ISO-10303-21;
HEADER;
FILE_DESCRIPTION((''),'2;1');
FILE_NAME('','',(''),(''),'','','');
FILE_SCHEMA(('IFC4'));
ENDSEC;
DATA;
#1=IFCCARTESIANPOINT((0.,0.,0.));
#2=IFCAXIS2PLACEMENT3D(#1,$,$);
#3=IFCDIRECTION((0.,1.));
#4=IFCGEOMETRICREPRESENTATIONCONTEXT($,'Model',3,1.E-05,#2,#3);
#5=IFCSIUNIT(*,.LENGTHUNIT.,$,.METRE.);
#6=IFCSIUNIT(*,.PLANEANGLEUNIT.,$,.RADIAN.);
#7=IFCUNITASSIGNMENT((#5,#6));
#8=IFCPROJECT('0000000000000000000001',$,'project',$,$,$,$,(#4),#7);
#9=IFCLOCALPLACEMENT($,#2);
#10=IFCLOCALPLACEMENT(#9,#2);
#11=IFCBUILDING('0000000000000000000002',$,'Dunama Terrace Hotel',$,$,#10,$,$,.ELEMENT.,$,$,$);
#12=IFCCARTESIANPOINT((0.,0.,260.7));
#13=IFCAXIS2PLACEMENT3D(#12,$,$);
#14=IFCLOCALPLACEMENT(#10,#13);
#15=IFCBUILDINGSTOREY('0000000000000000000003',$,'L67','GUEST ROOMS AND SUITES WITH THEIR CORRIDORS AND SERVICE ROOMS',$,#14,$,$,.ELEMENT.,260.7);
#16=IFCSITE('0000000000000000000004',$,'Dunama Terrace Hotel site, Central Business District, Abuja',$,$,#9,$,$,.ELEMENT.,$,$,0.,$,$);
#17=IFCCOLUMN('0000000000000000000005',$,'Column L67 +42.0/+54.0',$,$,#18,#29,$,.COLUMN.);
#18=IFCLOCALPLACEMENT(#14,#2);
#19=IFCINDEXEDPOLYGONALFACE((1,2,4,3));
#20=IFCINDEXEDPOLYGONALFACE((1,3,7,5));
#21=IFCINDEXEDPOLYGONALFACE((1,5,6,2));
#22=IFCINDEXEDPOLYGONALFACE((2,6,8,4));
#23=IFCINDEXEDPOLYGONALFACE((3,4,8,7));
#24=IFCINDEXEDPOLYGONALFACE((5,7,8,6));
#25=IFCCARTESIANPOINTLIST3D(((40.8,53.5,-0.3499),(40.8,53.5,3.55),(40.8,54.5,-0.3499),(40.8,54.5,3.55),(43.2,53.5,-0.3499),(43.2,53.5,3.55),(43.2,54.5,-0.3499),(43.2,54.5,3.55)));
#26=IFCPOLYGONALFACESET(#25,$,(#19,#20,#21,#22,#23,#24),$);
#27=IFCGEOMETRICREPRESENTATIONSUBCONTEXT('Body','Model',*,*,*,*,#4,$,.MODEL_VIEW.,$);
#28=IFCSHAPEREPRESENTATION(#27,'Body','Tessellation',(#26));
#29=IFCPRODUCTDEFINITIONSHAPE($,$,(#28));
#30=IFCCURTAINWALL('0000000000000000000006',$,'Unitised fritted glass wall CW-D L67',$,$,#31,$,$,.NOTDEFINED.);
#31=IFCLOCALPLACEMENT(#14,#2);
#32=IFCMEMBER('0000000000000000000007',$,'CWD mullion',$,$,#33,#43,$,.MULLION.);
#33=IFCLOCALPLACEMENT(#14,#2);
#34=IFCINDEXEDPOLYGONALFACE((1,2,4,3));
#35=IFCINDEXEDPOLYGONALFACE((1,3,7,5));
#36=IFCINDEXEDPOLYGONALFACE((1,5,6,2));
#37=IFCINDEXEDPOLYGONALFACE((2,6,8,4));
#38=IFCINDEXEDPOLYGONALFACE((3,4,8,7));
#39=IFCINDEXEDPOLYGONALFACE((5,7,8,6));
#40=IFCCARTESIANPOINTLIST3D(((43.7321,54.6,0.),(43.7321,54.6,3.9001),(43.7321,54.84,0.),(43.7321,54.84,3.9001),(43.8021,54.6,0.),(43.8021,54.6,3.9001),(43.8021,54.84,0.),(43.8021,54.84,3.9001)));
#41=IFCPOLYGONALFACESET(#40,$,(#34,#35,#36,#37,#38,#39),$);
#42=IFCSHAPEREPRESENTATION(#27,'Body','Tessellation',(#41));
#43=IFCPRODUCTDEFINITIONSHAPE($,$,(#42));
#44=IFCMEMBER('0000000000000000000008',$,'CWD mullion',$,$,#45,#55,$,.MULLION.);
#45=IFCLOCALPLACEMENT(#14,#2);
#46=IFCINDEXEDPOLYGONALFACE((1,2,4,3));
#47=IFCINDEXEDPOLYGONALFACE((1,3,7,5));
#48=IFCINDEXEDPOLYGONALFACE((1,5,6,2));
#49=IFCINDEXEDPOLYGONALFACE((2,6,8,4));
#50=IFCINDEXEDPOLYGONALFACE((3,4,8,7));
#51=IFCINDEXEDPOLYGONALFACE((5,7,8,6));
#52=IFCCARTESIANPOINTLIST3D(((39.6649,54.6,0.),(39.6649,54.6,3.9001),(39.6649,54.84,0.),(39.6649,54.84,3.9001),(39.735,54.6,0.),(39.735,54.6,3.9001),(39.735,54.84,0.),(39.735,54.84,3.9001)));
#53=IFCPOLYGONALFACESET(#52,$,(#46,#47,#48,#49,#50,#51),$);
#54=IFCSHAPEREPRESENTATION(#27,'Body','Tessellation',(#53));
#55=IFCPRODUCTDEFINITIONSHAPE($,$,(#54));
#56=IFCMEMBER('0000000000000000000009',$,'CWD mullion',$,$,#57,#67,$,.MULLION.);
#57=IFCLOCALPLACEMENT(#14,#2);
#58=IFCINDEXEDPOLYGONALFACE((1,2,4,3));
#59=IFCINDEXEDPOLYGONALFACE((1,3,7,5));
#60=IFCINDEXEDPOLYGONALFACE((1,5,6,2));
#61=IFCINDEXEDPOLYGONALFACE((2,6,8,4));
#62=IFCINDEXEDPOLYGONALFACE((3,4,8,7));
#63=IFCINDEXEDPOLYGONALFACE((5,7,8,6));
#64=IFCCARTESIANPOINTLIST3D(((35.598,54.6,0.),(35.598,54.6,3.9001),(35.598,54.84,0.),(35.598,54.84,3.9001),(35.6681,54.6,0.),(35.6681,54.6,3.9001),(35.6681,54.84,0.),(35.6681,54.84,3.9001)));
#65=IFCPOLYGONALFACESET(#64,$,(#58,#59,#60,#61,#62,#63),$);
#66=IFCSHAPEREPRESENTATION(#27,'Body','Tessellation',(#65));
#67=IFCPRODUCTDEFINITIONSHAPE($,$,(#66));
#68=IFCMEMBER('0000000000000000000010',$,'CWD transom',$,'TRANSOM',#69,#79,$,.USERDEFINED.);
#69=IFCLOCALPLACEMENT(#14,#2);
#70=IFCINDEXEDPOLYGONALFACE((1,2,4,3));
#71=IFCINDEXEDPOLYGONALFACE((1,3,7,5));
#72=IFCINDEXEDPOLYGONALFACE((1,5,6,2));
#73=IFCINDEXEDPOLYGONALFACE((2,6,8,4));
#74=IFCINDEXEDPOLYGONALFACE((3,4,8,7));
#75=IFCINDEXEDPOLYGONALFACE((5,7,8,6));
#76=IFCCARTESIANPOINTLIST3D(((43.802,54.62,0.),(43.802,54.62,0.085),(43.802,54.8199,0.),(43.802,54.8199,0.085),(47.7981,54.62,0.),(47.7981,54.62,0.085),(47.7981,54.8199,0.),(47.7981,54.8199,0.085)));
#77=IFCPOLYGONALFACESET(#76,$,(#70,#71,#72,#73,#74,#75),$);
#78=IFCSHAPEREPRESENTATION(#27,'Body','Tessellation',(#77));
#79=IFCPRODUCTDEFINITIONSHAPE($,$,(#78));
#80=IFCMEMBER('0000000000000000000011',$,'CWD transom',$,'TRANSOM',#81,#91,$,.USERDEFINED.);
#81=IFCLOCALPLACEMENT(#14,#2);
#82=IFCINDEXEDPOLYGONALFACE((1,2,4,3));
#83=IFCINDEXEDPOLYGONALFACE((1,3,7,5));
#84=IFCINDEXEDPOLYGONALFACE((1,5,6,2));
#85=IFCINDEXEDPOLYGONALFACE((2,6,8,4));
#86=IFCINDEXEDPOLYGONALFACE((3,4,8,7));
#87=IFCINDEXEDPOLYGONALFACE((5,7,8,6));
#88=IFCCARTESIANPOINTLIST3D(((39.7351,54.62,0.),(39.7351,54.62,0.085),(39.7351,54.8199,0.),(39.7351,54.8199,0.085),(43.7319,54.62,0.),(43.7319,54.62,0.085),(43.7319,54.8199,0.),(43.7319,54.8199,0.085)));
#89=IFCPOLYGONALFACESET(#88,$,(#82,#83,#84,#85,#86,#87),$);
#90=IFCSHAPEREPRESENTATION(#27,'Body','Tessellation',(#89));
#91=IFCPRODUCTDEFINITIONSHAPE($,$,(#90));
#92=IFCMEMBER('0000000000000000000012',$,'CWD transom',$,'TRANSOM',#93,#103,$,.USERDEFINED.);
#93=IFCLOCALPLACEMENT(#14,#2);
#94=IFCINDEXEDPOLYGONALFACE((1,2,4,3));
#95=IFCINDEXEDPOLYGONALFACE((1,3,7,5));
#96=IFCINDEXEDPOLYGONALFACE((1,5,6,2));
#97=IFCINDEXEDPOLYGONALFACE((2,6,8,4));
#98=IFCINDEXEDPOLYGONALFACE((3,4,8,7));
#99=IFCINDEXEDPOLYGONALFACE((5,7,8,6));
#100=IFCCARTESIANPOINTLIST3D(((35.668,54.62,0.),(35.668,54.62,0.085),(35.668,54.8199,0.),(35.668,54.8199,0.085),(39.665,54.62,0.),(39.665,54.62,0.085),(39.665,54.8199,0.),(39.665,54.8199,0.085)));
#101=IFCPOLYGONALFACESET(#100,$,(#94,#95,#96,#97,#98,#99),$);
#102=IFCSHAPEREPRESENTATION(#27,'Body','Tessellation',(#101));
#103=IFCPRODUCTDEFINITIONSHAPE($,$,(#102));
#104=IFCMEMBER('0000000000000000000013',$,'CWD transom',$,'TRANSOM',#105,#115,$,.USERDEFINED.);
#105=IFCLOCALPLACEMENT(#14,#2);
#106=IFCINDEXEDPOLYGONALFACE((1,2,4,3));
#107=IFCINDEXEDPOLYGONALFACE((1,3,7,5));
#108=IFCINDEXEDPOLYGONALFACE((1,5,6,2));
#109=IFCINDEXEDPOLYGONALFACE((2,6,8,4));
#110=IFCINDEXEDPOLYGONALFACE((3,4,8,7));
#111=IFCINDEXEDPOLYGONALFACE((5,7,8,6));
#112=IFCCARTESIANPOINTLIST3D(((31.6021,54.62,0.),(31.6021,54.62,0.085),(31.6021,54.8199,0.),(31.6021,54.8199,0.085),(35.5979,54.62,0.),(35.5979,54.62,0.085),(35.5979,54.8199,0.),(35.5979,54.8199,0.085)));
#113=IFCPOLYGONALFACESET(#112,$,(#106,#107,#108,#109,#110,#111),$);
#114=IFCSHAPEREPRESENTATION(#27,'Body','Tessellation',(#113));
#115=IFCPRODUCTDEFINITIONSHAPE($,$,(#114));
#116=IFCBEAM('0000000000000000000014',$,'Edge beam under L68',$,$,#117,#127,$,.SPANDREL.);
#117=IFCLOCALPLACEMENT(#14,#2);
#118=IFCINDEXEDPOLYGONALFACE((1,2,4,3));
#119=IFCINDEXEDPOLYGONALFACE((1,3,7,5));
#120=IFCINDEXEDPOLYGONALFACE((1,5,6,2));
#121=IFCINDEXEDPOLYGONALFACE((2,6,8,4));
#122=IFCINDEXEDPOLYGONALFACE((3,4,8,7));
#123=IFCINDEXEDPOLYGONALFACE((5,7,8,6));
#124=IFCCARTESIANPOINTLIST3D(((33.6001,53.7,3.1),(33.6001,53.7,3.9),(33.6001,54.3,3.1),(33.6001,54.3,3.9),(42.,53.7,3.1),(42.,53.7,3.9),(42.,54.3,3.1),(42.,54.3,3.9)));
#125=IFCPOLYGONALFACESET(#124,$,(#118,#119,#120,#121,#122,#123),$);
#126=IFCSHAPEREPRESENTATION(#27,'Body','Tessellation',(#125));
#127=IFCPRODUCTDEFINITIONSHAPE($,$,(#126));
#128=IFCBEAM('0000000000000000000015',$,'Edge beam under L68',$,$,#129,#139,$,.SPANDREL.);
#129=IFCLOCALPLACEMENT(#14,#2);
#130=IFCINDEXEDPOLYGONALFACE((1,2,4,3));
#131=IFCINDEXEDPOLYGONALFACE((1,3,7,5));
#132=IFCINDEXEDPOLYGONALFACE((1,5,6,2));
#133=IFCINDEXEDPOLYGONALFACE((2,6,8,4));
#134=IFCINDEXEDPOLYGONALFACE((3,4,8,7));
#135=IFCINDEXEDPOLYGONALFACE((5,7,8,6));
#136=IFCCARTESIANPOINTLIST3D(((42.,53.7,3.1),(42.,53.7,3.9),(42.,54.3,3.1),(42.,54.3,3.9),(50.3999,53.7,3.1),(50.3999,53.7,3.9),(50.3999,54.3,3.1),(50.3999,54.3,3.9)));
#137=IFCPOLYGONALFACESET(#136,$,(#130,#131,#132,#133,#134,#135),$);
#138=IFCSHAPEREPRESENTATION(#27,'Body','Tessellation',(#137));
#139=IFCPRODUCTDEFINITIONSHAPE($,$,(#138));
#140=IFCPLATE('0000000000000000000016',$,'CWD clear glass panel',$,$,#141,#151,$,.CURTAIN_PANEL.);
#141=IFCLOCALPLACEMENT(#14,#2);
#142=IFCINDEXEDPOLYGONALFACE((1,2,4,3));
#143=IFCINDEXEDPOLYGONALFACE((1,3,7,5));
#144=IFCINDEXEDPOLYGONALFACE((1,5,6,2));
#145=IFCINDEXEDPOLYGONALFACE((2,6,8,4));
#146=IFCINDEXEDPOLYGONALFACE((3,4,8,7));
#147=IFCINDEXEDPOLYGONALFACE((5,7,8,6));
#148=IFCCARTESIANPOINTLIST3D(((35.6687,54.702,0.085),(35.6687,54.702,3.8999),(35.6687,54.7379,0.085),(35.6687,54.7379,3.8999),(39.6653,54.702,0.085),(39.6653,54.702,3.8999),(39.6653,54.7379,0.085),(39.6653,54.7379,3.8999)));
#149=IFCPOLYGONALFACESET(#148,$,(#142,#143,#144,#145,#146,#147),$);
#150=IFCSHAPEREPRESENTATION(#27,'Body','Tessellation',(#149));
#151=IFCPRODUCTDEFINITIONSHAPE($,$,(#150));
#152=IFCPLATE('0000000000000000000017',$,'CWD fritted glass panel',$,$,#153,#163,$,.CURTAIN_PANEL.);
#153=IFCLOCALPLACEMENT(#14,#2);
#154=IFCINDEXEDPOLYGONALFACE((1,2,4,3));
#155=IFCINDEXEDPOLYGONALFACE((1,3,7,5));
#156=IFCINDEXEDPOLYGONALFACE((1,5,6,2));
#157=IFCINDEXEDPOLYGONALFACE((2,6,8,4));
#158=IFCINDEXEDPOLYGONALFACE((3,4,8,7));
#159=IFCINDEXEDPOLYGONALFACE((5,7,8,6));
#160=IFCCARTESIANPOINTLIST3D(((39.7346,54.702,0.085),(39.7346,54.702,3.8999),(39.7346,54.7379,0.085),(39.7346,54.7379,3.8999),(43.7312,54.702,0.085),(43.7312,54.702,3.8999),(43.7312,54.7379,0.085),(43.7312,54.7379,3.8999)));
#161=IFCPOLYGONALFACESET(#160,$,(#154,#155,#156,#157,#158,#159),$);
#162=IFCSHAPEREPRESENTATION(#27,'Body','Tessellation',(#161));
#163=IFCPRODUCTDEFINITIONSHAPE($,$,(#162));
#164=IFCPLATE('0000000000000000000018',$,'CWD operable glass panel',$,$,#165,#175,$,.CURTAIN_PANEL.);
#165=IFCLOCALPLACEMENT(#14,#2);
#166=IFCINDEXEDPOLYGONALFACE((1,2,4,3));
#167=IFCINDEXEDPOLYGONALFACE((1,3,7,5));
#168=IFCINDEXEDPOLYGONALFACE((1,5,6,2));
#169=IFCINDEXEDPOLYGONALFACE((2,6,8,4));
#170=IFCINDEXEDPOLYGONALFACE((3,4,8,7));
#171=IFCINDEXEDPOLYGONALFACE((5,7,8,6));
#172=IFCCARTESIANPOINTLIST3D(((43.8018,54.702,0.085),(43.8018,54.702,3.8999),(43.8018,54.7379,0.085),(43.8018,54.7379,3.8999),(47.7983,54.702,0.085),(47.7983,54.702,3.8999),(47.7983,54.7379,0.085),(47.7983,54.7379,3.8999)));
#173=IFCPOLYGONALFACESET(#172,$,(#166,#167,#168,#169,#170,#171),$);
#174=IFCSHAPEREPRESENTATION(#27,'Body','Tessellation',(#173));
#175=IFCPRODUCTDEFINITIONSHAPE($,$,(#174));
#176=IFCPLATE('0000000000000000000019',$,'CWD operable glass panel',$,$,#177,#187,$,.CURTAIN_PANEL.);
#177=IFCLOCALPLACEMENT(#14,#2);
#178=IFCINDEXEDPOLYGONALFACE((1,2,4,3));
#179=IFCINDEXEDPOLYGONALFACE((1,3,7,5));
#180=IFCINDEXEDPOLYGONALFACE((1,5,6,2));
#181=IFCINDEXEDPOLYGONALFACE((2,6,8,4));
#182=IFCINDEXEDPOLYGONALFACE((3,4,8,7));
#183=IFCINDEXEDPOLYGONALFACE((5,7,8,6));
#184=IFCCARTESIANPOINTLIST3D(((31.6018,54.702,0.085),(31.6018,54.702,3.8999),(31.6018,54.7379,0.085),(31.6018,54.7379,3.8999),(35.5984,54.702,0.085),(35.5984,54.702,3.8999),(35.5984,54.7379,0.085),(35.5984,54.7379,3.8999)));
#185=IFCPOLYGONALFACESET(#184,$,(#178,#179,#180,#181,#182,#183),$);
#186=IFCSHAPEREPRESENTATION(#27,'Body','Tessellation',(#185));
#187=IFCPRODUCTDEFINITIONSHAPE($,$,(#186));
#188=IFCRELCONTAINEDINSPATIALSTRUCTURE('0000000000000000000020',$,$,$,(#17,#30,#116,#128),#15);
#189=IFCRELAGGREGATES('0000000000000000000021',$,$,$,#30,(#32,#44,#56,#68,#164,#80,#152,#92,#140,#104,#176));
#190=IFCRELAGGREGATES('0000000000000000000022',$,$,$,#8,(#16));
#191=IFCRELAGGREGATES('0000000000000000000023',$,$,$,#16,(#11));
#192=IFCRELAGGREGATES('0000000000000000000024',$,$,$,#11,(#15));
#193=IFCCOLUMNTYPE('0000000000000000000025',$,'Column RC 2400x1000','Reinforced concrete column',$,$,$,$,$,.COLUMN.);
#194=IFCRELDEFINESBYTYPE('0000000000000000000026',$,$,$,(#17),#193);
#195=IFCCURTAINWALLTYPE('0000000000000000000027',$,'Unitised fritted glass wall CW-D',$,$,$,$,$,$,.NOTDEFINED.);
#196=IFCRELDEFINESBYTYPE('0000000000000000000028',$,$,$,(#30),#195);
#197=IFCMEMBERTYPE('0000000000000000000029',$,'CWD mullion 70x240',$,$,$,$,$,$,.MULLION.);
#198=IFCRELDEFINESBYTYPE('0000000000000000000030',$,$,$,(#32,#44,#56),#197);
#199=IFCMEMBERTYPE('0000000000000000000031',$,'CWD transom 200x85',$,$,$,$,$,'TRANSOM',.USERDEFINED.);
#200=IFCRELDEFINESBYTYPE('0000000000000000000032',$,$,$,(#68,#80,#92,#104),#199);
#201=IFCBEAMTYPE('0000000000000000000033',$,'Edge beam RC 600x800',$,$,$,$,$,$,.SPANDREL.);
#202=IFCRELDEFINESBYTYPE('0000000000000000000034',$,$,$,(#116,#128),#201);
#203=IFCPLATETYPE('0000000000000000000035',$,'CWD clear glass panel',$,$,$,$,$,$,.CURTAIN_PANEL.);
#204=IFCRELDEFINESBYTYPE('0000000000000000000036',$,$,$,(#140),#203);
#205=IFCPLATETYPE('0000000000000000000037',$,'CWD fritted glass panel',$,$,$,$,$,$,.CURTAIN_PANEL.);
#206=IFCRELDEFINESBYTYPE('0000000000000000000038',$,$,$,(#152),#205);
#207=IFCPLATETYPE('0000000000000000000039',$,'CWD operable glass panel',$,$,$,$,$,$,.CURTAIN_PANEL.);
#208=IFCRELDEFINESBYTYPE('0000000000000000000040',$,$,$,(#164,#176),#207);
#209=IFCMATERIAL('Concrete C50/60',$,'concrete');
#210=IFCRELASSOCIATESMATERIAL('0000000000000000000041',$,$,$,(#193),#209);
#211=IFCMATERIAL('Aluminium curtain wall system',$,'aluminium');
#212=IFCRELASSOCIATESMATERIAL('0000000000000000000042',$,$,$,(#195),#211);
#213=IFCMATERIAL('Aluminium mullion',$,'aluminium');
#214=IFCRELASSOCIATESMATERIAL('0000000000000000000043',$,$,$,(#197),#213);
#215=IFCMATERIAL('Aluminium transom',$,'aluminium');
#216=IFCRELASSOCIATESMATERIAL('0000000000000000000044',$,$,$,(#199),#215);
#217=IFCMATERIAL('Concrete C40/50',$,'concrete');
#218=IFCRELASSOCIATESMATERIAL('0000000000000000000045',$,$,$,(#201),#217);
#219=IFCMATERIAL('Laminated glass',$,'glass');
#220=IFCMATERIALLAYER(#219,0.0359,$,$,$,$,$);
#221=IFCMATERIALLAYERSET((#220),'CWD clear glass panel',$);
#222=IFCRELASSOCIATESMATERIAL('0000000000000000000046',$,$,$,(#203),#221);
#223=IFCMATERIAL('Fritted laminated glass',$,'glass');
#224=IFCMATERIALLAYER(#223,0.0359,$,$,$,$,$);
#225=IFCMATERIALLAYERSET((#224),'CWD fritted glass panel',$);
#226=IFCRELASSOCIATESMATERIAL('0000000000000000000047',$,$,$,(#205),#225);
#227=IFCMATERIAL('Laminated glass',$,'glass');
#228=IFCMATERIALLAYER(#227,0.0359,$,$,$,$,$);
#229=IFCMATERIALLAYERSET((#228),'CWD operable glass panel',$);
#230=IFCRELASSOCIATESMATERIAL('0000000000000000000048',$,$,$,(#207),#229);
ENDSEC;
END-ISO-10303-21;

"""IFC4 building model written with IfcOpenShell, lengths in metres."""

from ifc_helpers import new_model, si_unit, direction, frame, origin, origin_2d, place, context, subcontext, project, spatial, rectangle, extrude, material, layer, layer_set, material_profile, profile_set, type_object, element, aggregate, save


model = new_model("IFC4")

# Units and contexts
model_context = context("Model", 3, precision=1e-05, world=origin(), true_north=direction((0.0, 1.0)))
body_context = subcontext(model_context, "Body", "Model", "MODEL_VIEW")
ifc_project = project(units=[si_unit("LENGTHUNIT", "METRE"), si_unit("PLANEANGLEUNIT", "RADIAN")], contexts=[model_context])

# Site, building, storey
site_placement = place(None, origin())
site = spatial("IfcSite", under=ifc_project, at=site_placement, Name="Dunama Terrace Hotel site, Central Business District, Abuja", CompositionType="ELEMENT", RefElevation=0.0)
building_placement = place(site_placement, origin())
building = spatial("IfcBuilding", under=site, at=building_placement, Name="Dunama Terrace Hotel", CompositionType="ELEMENT")
storey_placement = place(building_placement, frame((0.0, 0.0, 260.7)))
storey = spatial("IfcBuildingStorey", under=building, at=storey_placement, Name="L67", Description="GUEST ROOMS AND SUITES WITH THEIR CORRIDORS AND SERVICE ROOMS", CompositionType="ELEMENT", Elevation=260.7)

# Column
ifc_material_1 = material(Name="Concrete C50/60", Category="concrete")
ifc_material_profile_1 = material_profile(ifc_material_1, rectangle(XDim=2.3999, YDim=1.0, at=origin_2d()), Name="RC 2400x1000")
ifc_profile_set_1 = profile_set([ifc_material_profile_1], Name="Concrete C50/60")
column_type = type_object("IfcColumnType", Name="Column RC 2400x1000", Description="Reinforced concrete column", PredefinedType="COLUMN", material=ifc_profile_set_1)
column_placement = place(storey_placement, frame((42.0, 54.0, -0.3499), z_axis=(0.0, 0.0, 1.0), x_axis=(1.0, 0.0, 0.0)))
element("IfcColumn", 1, at=column_placement, inside=storey, type_object=column_type, Name="Column L67 +42.0/+54.0", PredefinedType="COLUMN", context=body_context, shape_type="SweptSolid", body=[
    extrude(rectangle(XDim=2.3999, YDim=1.0, at=origin_2d()), origin(), (0.0, 0.0, 1.0), 3.8999),
])

# Curtain wall, members
ifc_material_2 = material(Name="Aluminium curtain wall system", Category="aluminium")
curtain_wall_type = type_object("IfcCurtainWallType", Name="Unitised fritted glass wall CW-D", PredefinedType="NOTDEFINED", material=ifc_material_2)
curtain_wall_placement = place(storey_placement, origin())
curtain_wall = element("IfcCurtainWall", 2, at=curtain_wall_placement, inside=storey, type_object=curtain_wall_type, Name="Unitised fritted glass wall CW-D L67", PredefinedType="NOTDEFINED")
ifc_material_3 = material(Name="Aluminium mullion", Category="aluminium")
ifc_material_profile_2 = material_profile(ifc_material_3, rectangle(XDim=0.0701, YDim=0.24, at=origin_2d()), Name="CWD MULLION 70X240")
ifc_profile_set_2 = profile_set([ifc_material_profile_2], Name="Aluminium mullion")
member_type_1 = type_object("IfcMemberType", Name="CWD mullion 70x240", PredefinedType="MULLION", material=ifc_profile_set_2)
member_1_placement = place(storey_placement, frame((43.7671, 54.72, 0.0), z_axis=(0.0, 0.0, 1.0), x_axis=(-1.0, 0.0, 0.0)))
member_1 = element("IfcMember", 3, at=member_1_placement, type_object=member_type_1, Name="CWD mullion", PredefinedType="MULLION", context=body_context, shape_type="SweptSolid", body=[
    extrude(rectangle(XDim=0.0701, YDim=0.24, at=origin_2d()), origin(), (0.0, 0.0, 1.0), 3.9001),
])
member_2_placement = place(storey_placement, frame((39.7, 54.72, 0.0), z_axis=(0.0, 0.0, 1.0), x_axis=(-1.0, 0.0, 0.0)))
member_2 = element("IfcMember", 4, at=member_2_placement, type_object=member_type_1, Name="CWD mullion", PredefinedType="MULLION", context=body_context, shape_type="SweptSolid", body=[
    extrude(rectangle(XDim=0.0701, YDim=0.24, at=origin_2d()), origin(), (0.0, 0.0, 1.0), 3.9001),
])
member_3_placement = place(storey_placement, frame((35.6331, 54.72, 0.0), z_axis=(0.0, 0.0, 1.0), x_axis=(-1.0, 0.0, 0.0)))
member_3 = element("IfcMember", 5, at=member_3_placement, type_object=member_type_1, Name="CWD mullion", PredefinedType="MULLION", context=body_context, shape_type="SweptSolid", body=[
    extrude(rectangle(XDim=0.0701, YDim=0.24, at=origin_2d()), origin(), (0.0, 0.0, 1.0), 3.9001),
])
ifc_material_4 = material(Name="Aluminium transom", Category="aluminium")
ifc_material_profile_3 = material_profile(ifc_material_4, rectangle(XDim=0.2, YDim=0.085, at=origin_2d()), Name="CWD TRANSOM 200X85")
ifc_profile_set_3 = profile_set([ifc_material_profile_3], Name="Aluminium transom")
member_type_2 = type_object("IfcMemberType", Name="CWD transom 200x85", ElementType="TRANSOM", PredefinedType="USERDEFINED", material=ifc_profile_set_3)
member_4_placement = place(storey_placement, frame((47.7981, 54.72, 0.0425), z_axis=(-1.0, 0.0, 0.0), x_axis=(0.0, -1.0, 0.0)))
member_4 = element("IfcMember", 6, at=member_4_placement, type_object=member_type_2, Name="CWD transom", ObjectType="TRANSOM", PredefinedType="USERDEFINED", context=body_context, shape_type="SweptSolid", body=[
    extrude(rectangle(XDim=0.2, YDim=0.085, at=origin_2d()), origin(), (0.0, 0.0, 1.0), 3.9961),
])
member_5_placement = place(storey_placement, frame((43.7319, 54.72, 0.0425), z_axis=(-1.0, 0.0, 0.0), x_axis=(0.0, -1.0, 0.0)))
member_5 = element("IfcMember", 7, at=member_5_placement, type_object=member_type_2, Name="CWD transom", ObjectType="TRANSOM", PredefinedType="USERDEFINED", context=body_context, shape_type="SweptSolid", body=[
    extrude(rectangle(XDim=0.2, YDim=0.085, at=origin_2d()), origin(), (0.0, 0.0, 1.0), 3.9968),
])
member_6_placement = place(storey_placement, frame((39.665, 54.72, 0.0425), z_axis=(-1.0, 0.0, 0.0), x_axis=(0.0, -1.0, 0.0)))
member_6 = element("IfcMember", 8, at=member_6_placement, type_object=member_type_2, Name="CWD transom", ObjectType="TRANSOM", PredefinedType="USERDEFINED", context=body_context, shape_type="SweptSolid", body=[
    extrude(rectangle(XDim=0.2, YDim=0.085, at=origin_2d()), origin(), (0.0, 0.0, 1.0), 3.9971),
])
member_7_placement = place(storey_placement, frame((35.5979, 54.72, 0.0425), z_axis=(-1.0, 0.0, 0.0), x_axis=(0.0, -1.0, 0.0)))
member_7 = element("IfcMember", 9, at=member_7_placement, type_object=member_type_2, Name="CWD transom", ObjectType="TRANSOM", PredefinedType="USERDEFINED", context=body_context, shape_type="SweptSolid", body=[
    extrude(rectangle(XDim=0.2, YDim=0.085, at=origin_2d()), origin(), (0.0, 0.0, 1.0), 3.9958),
])

# Beams
ifc_material_5 = material(Name="Concrete C40/50", Category="concrete")
ifc_material_profile_4 = material_profile(ifc_material_5, rectangle(XDim=0.6001, YDim=0.8, at=origin_2d()), Name="RC 600x800")
ifc_profile_set_4 = profile_set([ifc_material_profile_4], Name="Concrete C40/50")
beam_type = type_object("IfcBeamType", Name="Edge beam RC 600x800", PredefinedType="SPANDREL", material=ifc_profile_set_4)
for number, where, z_axis, x_axis, name in (
    (10, (33.6001, 54.0, 3.5), (1.0, 0.0, 0.0), (0.0, 1.0, 0.0), "Edge beam under L68"),
    (11, (42.0, 54.0, 3.5), (1.0, 0.0, 0.0), (0.0, 1.0, 0.0), "Edge beam under L68"),
):
    element("IfcBeam", number, at=place(storey_placement, frame(where, z_axis=z_axis, x_axis=x_axis)), inside=storey, type_object=beam_type, Name=name, PredefinedType="SPANDREL", context=body_context, shape_type="SweptSolid", body=[
        extrude(rectangle(XDim=0.6001, YDim=0.8, at=origin_2d()), origin(), (0.0, 0.0, 1.0), 8.3999),
    ])

# Plates
ifc_material_6 = material(Name="Laminated glass", Category="glass")
ifc_layer_1 = layer(ifc_material_6, 0.0359)
ifc_layer_set_1 = layer_set([ifc_layer_1], Name="CWD clear glass panel")
plate_type_1 = type_object("IfcPlateType", Name="CWD clear glass panel", PredefinedType="CURTAIN_PANEL", material=ifc_layer_set_1)
plate_1_placement = place(storey_placement, frame((37.667, 54.72, 0.085), z_axis=(0.0, 0.0, 1.0), x_axis=(-1.0, 0.0, 0.0)))
plate_1 = element("IfcPlate", 12, at=plate_1_placement, type_object=plate_type_1, Name="CWD clear glass panel", PredefinedType="CURTAIN_PANEL", context=body_context, shape_type="SweptSolid", body=[
    extrude(rectangle(XDim=3.9966, YDim=0.0359, at=origin_2d()), origin(), (0.0, 0.0, 1.0), 3.8149),
])
ifc_material_7 = material(Name="Fritted laminated glass", Category="glass")
ifc_layer_2 = layer(ifc_material_7, 0.0359)
ifc_layer_set_2 = layer_set([ifc_layer_2], Name="CWD fritted glass panel")
plate_type_2 = type_object("IfcPlateType", Name="CWD fritted glass panel", PredefinedType="CURTAIN_PANEL", material=ifc_layer_set_2)
plate_2_placement = place(storey_placement, frame((41.7329, 54.72, 0.085), z_axis=(0.0, 0.0, 1.0), x_axis=(-1.0, 0.0, 0.0)))
plate_2 = element("IfcPlate", 13, at=plate_2_placement, type_object=plate_type_2, Name="CWD fritted glass panel", PredefinedType="CURTAIN_PANEL", context=body_context, shape_type="SweptSolid", body=[
    extrude(rectangle(XDim=3.9966, YDim=0.0359, at=origin_2d()), origin(), (0.0, 0.0, 1.0), 3.8149),
])
ifc_material_8 = material(Name="Laminated glass", Category="glass")
ifc_layer_3 = layer(ifc_material_8, 0.0359)
ifc_layer_set_3 = layer_set([ifc_layer_3], Name="CWD operable glass panel")
plate_type_3 = type_object("IfcPlateType", Name="CWD operable glass panel", PredefinedType="CURTAIN_PANEL", material=ifc_layer_set_3)
plate_3_placement = place(storey_placement, frame((45.8, 54.72, 0.085), z_axis=(0.0, 0.0, 1.0), x_axis=(-1.0, 0.0, 0.0)))
plate_3 = element("IfcPlate", 14, at=plate_3_placement, type_object=plate_type_3, Name="CWD operable glass panel", PredefinedType="CURTAIN_PANEL", context=body_context, shape_type="SweptSolid", body=[
    extrude(rectangle(XDim=3.9966, YDim=0.0359, at=origin_2d()), origin(), (0.0, 0.0, 1.0), 3.8149),
])
plate_4_placement = place(storey_placement, frame((33.6001, 54.72, 0.085), z_axis=(0.0, 0.0, 1.0), x_axis=(-1.0, 0.0, 0.0)))
plate_4 = element("IfcPlate", 15, at=plate_4_placement, type_object=plate_type_3, Name="CWD operable glass panel", PredefinedType="CURTAIN_PANEL", context=body_context, shape_type="SweptSolid", body=[
    extrude(rectangle(XDim=3.9966, YDim=0.0359, at=origin_2d()), origin(), (0.0, 0.0, 1.0), 3.8149),
])
aggregate(curtain_wall, [member_1, member_2, member_3, member_4, plate_3, member_5, plate_2, member_6, plate_1, member_7, plate_4])

save(model, "model.ifc")
